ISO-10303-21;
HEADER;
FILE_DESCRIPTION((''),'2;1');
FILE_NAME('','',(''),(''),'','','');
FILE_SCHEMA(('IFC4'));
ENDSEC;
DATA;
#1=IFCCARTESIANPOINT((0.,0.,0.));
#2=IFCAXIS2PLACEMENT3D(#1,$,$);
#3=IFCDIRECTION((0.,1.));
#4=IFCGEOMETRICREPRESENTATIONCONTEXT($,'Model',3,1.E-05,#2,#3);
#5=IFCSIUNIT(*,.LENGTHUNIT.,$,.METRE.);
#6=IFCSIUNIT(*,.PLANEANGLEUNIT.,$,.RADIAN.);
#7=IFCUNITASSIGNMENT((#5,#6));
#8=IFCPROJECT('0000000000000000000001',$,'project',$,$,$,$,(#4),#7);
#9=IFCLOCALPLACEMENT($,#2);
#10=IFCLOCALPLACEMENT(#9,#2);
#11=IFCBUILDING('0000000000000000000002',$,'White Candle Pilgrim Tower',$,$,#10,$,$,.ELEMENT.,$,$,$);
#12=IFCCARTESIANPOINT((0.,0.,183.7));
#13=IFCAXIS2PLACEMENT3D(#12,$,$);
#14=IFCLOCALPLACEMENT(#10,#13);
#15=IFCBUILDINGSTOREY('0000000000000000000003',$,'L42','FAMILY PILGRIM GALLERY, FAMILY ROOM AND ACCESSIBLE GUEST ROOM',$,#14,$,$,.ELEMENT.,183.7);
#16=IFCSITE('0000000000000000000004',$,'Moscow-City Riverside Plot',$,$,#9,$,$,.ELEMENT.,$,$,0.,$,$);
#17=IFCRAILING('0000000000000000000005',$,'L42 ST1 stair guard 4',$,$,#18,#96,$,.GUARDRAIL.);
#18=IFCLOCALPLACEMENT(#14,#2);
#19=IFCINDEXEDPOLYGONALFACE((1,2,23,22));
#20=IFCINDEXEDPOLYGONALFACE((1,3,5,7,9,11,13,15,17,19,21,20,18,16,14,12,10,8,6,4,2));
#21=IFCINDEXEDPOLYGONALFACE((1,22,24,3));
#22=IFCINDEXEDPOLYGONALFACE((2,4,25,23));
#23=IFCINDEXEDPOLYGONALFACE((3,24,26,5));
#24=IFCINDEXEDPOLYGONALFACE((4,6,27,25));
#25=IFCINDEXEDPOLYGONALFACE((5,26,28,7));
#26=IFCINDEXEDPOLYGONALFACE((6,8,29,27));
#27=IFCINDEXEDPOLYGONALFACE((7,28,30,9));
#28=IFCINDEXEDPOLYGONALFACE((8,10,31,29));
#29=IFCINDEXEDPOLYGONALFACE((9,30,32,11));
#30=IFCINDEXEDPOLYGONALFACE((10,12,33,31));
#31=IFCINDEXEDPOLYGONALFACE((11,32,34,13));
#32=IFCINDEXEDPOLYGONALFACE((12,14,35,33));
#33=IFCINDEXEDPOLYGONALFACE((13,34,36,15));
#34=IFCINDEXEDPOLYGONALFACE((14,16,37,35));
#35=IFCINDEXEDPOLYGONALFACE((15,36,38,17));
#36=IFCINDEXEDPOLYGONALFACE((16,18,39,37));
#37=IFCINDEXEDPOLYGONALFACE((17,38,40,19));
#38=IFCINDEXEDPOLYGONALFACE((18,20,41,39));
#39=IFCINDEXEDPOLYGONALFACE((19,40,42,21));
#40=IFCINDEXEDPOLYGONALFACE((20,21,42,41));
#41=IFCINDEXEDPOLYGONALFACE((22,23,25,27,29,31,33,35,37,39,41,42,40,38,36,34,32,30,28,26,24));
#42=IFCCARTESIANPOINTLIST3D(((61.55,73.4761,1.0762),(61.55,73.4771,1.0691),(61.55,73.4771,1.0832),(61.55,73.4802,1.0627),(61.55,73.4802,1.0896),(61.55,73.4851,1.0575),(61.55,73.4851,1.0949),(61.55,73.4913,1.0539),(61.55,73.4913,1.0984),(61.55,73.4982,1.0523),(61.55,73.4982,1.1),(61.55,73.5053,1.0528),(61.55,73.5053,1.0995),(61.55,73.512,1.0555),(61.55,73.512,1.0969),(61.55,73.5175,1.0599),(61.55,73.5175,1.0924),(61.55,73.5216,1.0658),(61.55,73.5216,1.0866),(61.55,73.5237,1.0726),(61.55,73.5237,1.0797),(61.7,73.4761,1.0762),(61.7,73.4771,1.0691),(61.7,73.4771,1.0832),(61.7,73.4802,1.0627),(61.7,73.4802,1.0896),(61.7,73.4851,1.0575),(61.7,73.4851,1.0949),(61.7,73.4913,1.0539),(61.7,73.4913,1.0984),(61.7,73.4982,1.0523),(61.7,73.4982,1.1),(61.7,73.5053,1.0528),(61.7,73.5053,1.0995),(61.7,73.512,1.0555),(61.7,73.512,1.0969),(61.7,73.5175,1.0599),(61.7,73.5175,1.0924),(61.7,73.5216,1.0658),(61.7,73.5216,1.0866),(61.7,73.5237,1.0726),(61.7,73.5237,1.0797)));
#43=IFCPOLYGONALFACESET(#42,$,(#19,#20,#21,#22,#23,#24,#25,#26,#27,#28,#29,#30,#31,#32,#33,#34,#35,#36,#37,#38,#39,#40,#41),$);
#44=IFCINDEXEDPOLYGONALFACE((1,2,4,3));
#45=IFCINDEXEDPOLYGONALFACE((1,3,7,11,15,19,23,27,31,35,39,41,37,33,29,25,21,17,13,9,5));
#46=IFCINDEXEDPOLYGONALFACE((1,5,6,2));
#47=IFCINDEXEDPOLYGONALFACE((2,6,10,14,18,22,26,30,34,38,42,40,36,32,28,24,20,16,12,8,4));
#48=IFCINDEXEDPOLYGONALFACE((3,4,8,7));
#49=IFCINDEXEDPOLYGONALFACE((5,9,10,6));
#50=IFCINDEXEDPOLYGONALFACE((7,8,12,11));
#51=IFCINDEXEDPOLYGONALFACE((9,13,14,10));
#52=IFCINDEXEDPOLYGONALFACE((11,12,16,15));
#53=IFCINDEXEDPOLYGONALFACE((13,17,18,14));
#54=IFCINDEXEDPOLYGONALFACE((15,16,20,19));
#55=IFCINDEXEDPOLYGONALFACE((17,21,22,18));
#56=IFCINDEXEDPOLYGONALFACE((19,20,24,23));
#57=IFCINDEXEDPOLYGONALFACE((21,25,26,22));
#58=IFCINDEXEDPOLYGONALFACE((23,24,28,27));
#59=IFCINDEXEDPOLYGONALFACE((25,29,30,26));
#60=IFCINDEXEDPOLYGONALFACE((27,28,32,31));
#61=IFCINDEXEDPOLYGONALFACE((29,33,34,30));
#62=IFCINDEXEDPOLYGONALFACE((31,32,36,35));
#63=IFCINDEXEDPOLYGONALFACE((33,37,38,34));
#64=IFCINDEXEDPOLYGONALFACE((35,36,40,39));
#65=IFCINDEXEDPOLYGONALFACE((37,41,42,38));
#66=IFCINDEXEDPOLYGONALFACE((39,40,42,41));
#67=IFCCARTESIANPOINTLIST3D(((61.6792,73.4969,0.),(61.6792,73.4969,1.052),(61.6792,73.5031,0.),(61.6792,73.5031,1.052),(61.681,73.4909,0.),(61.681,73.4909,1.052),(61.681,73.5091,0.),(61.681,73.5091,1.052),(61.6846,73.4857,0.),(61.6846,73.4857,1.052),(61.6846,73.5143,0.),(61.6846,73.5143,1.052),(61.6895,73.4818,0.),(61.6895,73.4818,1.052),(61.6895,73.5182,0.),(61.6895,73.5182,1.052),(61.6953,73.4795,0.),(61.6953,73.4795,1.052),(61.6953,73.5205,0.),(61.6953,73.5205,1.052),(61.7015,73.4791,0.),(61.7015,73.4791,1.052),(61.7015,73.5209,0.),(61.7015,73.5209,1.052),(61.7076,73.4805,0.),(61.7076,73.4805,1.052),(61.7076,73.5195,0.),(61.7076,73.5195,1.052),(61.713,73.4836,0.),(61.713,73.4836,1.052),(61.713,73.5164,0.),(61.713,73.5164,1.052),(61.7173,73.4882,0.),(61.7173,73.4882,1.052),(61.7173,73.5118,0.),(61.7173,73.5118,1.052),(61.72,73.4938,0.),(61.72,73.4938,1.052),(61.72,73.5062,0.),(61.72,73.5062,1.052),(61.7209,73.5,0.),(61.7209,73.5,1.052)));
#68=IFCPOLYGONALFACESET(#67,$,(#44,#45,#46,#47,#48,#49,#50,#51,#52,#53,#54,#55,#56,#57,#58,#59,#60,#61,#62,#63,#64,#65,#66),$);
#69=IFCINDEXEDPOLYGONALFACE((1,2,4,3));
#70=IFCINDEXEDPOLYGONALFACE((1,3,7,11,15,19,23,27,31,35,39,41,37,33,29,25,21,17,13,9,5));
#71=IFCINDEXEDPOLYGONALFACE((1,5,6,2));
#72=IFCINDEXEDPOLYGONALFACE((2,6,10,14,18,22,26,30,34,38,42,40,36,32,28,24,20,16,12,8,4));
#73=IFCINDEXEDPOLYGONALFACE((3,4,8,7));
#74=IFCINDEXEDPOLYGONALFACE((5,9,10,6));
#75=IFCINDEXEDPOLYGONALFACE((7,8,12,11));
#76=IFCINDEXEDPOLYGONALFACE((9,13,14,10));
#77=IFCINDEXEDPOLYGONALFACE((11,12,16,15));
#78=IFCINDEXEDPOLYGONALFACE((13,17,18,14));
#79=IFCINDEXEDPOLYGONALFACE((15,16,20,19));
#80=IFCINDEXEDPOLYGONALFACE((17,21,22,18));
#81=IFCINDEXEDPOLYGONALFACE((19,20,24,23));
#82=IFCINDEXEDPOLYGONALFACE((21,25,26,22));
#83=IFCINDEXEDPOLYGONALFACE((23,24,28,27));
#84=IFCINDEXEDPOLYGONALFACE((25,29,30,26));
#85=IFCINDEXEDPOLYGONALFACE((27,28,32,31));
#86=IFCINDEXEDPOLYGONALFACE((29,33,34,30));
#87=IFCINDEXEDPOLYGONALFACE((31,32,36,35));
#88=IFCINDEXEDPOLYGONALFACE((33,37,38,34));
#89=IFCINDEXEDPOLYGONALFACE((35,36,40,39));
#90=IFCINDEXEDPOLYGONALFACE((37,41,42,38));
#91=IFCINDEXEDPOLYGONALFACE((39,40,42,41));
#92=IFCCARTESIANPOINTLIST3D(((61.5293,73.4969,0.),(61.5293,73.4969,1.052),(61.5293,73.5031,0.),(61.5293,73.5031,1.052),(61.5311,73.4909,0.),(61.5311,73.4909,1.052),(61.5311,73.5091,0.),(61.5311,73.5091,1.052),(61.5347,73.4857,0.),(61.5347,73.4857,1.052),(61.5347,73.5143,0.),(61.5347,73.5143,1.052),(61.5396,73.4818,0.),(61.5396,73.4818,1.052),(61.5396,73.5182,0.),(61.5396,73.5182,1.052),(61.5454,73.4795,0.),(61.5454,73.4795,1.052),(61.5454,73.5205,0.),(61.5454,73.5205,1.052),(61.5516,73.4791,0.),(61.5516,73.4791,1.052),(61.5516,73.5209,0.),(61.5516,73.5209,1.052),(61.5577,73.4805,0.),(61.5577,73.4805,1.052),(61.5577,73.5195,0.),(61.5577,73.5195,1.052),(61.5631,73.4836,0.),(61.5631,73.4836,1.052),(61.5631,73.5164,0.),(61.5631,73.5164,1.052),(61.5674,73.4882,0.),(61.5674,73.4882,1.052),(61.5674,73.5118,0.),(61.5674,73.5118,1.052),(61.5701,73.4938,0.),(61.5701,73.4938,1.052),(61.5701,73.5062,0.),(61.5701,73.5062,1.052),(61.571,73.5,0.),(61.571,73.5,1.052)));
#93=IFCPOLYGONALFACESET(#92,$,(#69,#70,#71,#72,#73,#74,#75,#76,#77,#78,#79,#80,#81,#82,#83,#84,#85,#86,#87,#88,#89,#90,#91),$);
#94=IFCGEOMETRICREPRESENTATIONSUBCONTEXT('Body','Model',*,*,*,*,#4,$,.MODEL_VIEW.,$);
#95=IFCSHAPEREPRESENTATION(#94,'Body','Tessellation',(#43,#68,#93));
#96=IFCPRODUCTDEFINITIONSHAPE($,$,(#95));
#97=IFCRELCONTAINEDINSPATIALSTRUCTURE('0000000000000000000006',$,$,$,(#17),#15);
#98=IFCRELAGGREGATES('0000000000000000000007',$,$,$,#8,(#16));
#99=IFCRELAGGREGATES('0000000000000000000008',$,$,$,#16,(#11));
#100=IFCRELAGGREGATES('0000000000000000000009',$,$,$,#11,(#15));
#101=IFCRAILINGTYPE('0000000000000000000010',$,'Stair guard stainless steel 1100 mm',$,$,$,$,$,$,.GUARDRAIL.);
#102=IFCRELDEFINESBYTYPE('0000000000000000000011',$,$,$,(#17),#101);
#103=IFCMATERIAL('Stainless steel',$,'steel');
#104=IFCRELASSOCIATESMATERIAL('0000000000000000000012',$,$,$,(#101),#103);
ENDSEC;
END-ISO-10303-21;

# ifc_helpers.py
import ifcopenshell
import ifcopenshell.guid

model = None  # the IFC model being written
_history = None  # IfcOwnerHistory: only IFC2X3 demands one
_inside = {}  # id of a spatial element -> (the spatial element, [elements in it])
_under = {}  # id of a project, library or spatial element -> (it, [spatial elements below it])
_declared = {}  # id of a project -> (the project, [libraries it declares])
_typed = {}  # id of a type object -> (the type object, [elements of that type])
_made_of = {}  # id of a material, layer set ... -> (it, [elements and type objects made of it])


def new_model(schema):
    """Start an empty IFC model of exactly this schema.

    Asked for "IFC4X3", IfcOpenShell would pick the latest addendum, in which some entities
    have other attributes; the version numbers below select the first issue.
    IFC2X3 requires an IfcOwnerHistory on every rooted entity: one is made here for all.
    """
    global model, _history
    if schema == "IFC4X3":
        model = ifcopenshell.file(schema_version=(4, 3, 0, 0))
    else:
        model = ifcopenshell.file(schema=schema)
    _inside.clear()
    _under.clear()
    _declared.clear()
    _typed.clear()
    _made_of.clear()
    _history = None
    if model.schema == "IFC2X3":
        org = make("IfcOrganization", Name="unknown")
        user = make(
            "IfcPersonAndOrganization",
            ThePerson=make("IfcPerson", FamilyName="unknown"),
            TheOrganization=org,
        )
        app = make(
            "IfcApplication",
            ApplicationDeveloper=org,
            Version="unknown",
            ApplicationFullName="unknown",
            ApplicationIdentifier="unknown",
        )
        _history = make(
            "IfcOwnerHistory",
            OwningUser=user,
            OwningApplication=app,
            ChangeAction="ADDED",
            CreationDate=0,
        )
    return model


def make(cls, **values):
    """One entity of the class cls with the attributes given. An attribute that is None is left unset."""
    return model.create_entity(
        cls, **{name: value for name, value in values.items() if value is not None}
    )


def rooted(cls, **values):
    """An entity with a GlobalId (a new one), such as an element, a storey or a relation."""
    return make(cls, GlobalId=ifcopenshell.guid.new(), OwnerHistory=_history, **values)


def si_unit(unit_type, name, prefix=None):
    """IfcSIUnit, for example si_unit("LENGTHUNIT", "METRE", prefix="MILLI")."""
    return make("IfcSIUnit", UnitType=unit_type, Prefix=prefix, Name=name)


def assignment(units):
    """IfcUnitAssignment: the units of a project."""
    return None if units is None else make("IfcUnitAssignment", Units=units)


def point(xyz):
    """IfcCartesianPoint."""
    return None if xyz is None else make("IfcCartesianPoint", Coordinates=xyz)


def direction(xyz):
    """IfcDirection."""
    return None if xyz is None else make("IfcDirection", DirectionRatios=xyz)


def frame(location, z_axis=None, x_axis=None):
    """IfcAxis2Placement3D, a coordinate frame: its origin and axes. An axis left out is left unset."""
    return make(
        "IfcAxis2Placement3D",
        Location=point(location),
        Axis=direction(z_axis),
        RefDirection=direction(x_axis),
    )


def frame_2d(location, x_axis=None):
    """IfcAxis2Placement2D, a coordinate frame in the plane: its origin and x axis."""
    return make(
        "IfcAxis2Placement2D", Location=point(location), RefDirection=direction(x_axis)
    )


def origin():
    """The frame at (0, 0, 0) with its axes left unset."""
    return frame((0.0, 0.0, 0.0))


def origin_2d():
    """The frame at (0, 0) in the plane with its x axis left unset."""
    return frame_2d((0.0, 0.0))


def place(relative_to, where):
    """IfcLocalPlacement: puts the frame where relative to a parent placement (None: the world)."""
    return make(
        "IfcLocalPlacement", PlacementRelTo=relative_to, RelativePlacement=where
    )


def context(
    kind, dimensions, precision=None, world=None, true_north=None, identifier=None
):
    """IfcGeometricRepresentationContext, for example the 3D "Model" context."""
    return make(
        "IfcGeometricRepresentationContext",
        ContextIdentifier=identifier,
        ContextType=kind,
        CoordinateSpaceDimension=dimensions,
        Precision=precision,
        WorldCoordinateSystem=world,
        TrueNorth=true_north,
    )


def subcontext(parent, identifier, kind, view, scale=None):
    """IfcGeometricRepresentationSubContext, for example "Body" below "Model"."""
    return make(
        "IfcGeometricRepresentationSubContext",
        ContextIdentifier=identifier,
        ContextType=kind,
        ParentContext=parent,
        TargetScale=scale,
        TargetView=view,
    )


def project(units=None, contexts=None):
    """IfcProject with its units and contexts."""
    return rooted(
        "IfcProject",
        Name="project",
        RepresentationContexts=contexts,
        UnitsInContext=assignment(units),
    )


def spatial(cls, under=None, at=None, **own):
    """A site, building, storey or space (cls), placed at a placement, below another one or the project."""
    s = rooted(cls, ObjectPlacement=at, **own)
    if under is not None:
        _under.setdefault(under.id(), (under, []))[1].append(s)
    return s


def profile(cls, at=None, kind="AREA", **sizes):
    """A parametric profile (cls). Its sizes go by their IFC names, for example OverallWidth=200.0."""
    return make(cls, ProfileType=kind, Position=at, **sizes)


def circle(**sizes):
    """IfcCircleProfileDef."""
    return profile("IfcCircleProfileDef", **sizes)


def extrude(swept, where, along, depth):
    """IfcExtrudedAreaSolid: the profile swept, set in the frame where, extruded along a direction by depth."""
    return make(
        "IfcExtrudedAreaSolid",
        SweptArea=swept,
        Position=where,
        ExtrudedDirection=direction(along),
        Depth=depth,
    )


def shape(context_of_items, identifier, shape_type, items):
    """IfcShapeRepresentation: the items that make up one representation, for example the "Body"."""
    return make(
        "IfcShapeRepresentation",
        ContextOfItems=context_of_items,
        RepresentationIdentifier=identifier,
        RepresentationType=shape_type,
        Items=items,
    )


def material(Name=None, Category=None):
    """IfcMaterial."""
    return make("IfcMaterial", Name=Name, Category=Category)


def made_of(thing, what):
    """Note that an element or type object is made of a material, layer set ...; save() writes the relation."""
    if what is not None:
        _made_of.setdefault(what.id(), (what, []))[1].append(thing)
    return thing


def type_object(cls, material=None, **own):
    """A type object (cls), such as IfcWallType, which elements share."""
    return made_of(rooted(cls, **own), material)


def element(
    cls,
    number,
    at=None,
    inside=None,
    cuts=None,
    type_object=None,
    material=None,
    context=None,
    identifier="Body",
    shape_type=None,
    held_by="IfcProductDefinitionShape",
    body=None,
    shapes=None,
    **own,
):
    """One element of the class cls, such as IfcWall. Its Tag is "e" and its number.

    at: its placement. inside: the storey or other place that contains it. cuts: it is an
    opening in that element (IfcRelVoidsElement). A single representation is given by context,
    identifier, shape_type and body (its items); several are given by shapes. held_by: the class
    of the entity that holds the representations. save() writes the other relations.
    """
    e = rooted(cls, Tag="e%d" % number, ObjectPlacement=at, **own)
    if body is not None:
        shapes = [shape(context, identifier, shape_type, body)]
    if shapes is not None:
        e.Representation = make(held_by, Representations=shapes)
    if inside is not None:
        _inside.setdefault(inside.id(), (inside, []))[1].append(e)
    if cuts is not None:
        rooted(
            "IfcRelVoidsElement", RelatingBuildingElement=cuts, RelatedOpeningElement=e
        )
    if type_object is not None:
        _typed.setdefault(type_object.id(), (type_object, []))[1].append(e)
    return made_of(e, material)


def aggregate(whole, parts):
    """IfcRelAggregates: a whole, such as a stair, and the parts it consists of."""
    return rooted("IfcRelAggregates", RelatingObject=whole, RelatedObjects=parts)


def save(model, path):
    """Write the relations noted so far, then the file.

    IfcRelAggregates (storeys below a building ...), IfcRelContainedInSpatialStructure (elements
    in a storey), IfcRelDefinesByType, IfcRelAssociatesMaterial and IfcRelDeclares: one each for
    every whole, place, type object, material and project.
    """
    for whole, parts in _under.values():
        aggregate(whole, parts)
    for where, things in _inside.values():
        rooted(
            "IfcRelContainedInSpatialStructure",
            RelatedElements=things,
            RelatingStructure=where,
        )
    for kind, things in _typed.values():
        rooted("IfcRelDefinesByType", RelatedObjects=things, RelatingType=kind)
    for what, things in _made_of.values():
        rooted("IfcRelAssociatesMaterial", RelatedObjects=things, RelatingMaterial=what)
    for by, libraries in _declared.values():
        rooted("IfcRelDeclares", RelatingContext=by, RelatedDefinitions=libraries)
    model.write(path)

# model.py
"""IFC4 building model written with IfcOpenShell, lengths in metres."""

from ifc_helpers import new_model, si_unit, direction, frame, origin, origin_2d, place, context, subcontext, project, spatial, circle, extrude, material, type_object, element, save


model = new_model("IFC4")

# Units and contexts
model_context = context("Model", 3, precision=1e-05, world=origin(), true_north=direction((0.0, 1.0)))
body_context = subcontext(model_context, "Body", "Model", "MODEL_VIEW")
ifc_project = project(units=[si_unit("LENGTHUNIT", "METRE"), si_unit("PLANEANGLEUNIT", "RADIAN")], contexts=[model_context])

# Site, building, storey
site_placement = place(None, origin())
site = spatial("IfcSite", under=ifc_project, at=site_placement, Name="Moscow-City Riverside Plot", CompositionType="ELEMENT", RefElevation=0.0)
building_placement = place(site_placement, origin())
building = spatial("IfcBuilding", under=site, at=building_placement, Name="White Candle Pilgrim Tower", CompositionType="ELEMENT")
storey_placement = place(building_placement, frame((0.0, 0.0, 183.7)))
storey = spatial("IfcBuildingStorey", under=building, at=storey_placement, Name="L42", Description="FAMILY PILGRIM GALLERY, FAMILY ROOM AND ACCESSIBLE GUEST ROOM", CompositionType="ELEMENT", Elevation=183.7)

# Railing
ifc_material_1 = material(Name="Stainless steel", Category="steel")
railing_type_1 = type_object("IfcRailingType", Name="Stair guard stainless steel 1100 mm", PredefinedType="GUARDRAIL", material=ifc_material_1)
railing_1_placement = place(storey_placement, frame((61.7, 73.5, 0.0)))
element("IfcRailing", 1, at=railing_1_placement, inside=storey, type_object=railing_type_1, Name="L42 ST1 stair guard 4", PredefinedType="GUARDRAIL", context=body_context, shape_type="SweptSolid", body=[
    extrude(circle(Radius=0.0239, at=origin_2d()), frame((0.0, 0.0, 1.0762), z_axis=(-1.0, 0.0, 0.0), x_axis=(0.0, -1.0, 0.0)), (0.0, 0.0, 1.0), 0.1499),
    extrude(circle(Radius=0.021, at=origin_2d()), origin(), (0.0, 0.0, 1.0), 1.052),
    extrude(circle(Radius=0.021, at=origin_2d()), frame((-0.1499, 0.0, 0.0)), (0.0, 0.0, 1.0), 1.052),
])

save(model, "model.ifc")
